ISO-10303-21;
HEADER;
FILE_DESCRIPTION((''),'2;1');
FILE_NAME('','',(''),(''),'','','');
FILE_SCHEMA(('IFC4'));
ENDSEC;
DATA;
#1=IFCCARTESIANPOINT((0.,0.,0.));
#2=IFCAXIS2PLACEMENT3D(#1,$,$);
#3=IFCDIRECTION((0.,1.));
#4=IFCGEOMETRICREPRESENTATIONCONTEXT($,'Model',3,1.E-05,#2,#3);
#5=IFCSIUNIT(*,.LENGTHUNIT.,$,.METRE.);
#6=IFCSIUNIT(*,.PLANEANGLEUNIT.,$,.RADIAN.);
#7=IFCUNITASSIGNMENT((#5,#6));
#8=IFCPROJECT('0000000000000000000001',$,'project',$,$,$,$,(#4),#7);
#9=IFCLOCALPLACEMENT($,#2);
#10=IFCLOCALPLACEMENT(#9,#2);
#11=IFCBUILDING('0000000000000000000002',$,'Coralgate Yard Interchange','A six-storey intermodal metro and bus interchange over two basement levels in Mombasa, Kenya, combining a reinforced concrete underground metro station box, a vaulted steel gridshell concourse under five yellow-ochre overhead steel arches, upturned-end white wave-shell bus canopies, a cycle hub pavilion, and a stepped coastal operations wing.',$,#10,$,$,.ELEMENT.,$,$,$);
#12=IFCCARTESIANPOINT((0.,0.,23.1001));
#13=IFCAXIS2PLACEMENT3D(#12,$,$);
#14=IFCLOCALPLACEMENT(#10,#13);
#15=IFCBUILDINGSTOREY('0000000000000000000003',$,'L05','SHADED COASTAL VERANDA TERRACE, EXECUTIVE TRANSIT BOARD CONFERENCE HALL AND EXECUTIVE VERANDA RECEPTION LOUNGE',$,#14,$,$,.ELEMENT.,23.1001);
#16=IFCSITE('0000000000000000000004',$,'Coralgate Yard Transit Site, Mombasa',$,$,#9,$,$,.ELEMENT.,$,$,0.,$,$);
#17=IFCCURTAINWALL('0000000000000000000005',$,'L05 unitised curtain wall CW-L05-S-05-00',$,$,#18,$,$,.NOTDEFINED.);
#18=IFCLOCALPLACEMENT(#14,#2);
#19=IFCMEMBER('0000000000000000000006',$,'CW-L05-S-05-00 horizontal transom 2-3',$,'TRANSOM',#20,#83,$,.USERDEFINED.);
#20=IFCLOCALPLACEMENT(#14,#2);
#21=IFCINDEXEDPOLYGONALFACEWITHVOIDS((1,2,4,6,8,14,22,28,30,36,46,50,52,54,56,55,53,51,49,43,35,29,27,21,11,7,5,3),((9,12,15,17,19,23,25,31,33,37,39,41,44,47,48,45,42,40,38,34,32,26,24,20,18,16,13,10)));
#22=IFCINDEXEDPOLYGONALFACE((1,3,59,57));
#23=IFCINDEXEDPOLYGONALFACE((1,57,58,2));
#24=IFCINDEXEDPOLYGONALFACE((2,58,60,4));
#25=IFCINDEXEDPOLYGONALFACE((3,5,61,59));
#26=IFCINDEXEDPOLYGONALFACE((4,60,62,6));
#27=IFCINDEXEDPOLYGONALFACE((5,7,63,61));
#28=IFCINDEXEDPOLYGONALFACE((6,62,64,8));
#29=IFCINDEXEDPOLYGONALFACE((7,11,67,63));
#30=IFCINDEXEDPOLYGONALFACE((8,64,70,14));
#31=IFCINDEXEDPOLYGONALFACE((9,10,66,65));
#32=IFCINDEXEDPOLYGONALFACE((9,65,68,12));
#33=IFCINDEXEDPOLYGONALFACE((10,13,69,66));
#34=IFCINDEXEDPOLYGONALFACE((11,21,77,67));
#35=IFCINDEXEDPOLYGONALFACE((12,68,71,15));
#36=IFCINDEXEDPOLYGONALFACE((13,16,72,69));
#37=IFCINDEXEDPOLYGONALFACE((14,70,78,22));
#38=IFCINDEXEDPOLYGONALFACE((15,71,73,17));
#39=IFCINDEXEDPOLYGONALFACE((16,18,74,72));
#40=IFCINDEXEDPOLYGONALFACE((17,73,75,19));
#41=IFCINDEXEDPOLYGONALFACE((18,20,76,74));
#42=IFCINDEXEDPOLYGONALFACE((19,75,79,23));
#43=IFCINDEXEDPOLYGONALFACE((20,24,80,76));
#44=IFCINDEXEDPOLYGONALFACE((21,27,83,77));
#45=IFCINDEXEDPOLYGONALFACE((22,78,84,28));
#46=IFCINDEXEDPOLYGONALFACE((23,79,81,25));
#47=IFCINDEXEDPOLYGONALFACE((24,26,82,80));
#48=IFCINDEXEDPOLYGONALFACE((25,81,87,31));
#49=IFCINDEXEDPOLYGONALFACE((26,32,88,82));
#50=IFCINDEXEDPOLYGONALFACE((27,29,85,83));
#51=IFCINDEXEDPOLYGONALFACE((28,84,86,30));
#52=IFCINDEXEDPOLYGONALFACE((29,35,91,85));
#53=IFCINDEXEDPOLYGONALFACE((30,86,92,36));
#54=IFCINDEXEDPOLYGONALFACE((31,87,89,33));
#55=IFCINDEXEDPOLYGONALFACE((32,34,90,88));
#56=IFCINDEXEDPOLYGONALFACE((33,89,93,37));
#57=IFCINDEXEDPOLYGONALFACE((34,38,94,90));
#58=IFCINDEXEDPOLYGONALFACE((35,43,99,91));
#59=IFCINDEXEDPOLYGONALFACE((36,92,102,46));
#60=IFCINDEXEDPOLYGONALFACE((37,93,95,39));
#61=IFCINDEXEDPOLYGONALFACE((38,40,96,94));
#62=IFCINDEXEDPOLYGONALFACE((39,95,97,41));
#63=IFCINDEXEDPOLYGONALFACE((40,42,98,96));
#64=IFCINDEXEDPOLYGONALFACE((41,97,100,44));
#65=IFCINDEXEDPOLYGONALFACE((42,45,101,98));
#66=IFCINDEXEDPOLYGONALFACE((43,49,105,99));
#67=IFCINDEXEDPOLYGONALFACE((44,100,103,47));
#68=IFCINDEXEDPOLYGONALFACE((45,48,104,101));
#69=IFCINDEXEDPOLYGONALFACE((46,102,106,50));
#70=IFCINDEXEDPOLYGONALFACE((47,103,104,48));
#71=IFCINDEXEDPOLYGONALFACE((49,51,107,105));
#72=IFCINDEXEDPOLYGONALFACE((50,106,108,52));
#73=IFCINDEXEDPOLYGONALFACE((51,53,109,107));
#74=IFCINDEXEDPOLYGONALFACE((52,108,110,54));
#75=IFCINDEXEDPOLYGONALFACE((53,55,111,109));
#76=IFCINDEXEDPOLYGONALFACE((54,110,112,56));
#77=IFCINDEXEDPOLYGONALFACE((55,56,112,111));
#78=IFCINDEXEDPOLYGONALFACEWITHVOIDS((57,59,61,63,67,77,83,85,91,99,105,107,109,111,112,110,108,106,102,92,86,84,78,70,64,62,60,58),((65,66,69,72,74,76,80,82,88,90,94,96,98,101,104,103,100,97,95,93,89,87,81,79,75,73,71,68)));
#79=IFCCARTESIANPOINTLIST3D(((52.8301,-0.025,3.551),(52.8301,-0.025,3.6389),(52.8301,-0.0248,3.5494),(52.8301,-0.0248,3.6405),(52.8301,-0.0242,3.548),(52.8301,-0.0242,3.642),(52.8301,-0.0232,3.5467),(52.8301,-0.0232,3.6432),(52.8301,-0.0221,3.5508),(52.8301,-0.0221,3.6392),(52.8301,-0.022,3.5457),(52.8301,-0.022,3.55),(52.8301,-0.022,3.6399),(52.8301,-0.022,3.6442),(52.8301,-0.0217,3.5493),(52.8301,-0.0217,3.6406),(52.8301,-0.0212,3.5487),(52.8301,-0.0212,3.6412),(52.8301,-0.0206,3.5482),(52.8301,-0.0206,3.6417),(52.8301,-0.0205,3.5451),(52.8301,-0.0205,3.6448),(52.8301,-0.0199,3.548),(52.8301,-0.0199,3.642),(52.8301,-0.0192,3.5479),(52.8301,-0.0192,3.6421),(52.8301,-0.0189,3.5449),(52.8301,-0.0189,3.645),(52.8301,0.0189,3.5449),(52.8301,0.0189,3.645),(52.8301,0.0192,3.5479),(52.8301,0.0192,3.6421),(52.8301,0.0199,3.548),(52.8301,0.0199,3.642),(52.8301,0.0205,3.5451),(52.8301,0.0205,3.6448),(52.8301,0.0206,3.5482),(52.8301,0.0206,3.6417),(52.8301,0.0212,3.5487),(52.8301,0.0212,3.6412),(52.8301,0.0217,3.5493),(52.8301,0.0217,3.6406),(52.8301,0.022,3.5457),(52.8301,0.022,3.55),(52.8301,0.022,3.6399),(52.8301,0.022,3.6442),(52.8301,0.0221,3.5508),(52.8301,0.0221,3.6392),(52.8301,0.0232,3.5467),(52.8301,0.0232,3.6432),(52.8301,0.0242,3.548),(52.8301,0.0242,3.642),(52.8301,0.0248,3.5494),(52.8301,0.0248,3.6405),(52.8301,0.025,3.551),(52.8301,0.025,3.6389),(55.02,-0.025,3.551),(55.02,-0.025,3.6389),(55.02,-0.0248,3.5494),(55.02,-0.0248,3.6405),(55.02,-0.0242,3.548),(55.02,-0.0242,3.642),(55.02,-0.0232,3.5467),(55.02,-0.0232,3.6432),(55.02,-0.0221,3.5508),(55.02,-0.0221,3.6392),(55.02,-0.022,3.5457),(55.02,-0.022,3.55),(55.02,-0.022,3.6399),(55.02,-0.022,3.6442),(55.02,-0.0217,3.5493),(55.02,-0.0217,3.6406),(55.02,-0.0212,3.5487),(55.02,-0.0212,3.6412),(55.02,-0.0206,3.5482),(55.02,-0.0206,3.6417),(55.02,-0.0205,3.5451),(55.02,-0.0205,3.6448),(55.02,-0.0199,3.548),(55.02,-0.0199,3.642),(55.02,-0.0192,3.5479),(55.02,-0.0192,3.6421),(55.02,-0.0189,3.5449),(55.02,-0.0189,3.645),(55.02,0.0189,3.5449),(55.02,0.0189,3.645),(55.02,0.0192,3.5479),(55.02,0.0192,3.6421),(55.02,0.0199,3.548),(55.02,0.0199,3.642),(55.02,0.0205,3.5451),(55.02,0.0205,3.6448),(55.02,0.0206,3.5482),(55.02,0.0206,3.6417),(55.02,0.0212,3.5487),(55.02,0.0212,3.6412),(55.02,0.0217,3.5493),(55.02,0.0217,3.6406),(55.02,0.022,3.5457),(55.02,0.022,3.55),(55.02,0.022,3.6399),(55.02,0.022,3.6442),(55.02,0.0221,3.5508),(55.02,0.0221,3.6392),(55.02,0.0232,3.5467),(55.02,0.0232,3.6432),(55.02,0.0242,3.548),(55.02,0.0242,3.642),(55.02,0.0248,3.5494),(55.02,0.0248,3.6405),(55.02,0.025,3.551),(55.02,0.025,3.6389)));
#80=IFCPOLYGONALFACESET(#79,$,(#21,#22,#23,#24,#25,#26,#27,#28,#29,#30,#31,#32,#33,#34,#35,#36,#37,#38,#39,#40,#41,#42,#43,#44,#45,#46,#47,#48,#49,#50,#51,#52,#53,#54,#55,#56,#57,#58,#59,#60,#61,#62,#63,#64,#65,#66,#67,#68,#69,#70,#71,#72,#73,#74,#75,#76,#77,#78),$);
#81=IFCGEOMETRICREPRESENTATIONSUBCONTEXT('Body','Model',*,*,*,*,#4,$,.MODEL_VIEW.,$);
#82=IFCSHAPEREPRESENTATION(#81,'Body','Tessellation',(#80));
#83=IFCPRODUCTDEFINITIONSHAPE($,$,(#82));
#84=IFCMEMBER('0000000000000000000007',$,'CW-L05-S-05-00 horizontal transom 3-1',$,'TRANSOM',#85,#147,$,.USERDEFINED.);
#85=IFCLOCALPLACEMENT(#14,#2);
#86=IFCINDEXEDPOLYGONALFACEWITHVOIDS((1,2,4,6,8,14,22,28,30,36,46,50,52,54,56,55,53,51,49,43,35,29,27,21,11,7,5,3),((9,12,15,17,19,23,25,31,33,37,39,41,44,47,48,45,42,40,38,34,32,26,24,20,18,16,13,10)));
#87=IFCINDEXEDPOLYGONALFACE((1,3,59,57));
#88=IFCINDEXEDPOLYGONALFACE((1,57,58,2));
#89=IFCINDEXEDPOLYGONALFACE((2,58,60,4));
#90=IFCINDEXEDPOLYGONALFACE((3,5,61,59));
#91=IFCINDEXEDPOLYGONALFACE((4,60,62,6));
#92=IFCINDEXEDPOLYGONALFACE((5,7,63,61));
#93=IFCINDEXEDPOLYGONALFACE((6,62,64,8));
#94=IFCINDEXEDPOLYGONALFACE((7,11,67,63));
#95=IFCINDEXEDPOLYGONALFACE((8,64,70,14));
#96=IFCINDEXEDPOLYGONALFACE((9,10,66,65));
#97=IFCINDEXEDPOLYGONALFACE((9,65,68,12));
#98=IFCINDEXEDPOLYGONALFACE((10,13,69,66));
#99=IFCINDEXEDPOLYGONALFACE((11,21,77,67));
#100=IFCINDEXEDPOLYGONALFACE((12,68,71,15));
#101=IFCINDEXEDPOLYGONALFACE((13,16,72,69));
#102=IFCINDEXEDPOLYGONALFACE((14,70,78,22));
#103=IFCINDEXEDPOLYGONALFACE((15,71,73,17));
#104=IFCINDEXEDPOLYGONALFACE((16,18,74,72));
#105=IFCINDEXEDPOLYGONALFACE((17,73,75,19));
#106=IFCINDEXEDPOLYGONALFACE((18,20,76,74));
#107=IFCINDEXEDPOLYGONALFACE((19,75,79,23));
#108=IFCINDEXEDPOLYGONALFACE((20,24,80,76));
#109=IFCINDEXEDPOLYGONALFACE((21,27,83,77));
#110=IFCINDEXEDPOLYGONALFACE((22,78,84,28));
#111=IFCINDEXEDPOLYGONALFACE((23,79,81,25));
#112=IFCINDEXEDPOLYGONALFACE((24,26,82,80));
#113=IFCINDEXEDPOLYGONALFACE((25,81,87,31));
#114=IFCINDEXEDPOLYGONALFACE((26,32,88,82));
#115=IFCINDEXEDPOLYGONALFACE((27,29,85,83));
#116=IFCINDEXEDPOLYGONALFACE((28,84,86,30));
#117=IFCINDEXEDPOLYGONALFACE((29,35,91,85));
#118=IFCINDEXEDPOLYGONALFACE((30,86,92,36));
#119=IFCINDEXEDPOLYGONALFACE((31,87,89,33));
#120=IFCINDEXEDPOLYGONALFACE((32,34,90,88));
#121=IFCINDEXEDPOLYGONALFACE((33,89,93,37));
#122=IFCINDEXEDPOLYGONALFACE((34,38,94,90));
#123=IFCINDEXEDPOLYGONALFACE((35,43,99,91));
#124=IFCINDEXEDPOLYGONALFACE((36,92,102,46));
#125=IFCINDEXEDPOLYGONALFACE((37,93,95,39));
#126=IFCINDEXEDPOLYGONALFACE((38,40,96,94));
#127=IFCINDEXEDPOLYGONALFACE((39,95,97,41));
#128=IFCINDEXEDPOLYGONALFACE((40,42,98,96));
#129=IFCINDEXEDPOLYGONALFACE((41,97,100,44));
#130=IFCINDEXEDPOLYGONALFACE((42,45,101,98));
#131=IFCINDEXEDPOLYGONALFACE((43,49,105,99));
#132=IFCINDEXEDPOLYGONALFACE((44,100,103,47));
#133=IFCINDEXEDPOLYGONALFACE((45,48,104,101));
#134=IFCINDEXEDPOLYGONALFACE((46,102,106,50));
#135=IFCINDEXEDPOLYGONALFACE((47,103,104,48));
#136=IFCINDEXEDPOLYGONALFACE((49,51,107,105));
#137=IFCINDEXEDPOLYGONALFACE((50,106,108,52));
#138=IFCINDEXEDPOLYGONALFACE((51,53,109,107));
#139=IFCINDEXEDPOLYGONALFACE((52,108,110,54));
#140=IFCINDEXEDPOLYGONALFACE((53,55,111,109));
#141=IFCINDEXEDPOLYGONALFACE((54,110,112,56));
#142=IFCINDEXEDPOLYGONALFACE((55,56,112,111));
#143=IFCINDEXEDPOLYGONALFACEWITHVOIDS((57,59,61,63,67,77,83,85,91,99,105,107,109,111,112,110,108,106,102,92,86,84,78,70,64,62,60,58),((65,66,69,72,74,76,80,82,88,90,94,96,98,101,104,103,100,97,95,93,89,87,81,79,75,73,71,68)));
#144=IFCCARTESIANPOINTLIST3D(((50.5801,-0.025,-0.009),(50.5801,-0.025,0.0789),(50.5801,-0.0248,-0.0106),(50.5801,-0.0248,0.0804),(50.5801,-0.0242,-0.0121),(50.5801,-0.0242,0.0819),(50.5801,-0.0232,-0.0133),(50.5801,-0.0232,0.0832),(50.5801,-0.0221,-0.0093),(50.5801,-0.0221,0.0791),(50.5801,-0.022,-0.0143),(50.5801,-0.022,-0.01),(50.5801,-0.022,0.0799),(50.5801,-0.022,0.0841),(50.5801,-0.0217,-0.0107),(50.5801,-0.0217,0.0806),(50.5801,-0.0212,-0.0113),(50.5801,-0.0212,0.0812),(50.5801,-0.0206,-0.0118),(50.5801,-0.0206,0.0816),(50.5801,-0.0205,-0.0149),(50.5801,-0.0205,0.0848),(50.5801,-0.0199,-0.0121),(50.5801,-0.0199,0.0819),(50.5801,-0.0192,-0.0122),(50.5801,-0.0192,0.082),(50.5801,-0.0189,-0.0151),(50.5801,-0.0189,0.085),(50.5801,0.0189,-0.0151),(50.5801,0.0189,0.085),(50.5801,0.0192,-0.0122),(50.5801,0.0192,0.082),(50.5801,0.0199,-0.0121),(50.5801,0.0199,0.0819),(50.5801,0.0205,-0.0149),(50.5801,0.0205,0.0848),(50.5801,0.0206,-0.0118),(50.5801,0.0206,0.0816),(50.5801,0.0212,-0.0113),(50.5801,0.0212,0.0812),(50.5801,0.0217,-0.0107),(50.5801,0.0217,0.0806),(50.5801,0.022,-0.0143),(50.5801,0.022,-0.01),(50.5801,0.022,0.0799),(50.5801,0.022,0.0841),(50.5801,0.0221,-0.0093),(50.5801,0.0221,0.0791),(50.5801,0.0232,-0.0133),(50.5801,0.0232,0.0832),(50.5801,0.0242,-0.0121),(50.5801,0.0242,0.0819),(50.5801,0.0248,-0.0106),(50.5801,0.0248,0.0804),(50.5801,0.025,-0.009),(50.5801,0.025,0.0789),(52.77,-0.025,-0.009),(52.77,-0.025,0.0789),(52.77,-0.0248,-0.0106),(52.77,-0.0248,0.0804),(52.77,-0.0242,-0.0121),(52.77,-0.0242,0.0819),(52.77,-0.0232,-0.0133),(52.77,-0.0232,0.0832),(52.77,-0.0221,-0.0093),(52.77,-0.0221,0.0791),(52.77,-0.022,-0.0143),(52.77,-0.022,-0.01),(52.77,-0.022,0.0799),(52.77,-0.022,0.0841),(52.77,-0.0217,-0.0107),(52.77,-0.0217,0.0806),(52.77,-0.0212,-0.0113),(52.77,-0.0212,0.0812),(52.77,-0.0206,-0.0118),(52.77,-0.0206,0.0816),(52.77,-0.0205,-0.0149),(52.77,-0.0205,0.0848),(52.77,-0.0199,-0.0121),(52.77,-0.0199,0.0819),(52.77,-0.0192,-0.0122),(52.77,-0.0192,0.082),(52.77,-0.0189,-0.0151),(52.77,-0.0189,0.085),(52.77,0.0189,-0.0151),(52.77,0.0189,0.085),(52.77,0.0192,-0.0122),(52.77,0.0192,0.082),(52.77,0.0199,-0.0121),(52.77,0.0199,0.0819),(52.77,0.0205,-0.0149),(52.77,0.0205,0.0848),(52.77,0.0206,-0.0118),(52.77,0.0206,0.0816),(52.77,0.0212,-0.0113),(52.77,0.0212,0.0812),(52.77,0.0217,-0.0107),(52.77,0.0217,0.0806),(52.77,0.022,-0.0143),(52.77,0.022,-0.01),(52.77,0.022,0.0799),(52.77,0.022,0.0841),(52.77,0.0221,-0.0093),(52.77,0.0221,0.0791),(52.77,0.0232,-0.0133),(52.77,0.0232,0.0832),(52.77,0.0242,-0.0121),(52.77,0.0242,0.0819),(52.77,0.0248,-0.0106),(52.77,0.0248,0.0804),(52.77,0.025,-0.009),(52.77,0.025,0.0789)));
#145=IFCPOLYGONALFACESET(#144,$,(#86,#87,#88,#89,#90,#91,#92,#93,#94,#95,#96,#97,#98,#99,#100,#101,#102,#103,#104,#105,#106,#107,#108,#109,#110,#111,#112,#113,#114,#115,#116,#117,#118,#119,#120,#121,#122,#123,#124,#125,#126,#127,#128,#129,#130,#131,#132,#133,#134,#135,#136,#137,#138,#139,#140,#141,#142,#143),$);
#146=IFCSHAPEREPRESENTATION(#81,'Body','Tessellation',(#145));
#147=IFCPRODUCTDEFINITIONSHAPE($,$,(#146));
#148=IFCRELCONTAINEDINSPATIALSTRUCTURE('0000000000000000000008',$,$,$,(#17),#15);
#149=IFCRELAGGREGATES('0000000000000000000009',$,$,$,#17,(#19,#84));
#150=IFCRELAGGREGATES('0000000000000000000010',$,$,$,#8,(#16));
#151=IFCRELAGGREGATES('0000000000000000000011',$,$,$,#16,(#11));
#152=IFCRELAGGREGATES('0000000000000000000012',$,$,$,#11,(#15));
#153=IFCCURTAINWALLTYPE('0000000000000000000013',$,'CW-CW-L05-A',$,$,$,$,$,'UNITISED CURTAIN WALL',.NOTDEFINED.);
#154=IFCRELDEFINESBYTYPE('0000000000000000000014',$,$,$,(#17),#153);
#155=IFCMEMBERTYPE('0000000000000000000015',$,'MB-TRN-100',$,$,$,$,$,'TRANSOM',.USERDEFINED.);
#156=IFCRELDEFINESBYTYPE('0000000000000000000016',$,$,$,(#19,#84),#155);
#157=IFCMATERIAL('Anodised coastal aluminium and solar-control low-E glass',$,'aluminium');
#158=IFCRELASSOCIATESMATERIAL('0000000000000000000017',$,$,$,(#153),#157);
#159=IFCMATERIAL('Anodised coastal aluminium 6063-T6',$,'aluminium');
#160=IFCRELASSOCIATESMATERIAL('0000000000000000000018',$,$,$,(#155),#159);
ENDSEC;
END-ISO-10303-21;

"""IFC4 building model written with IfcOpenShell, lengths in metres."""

from ifc_helpers import new_model, si_unit, direction, frame, origin, origin_2d, place, context, subcontext, project, spatial, hollow_rectangle, extrude, material, material_profile, profile_set, type_object, element, aggregate, save


model = new_model("IFC4")

# Units and contexts
model_context = context("Model", 3, precision=1e-05, world=origin(), true_north=direction((0.0, 1.0)))
body_context = subcontext(model_context, "Body", "Model", "MODEL_VIEW")
ifc_project = project(units=[si_unit("LENGTHUNIT", "METRE"), si_unit("PLANEANGLEUNIT", "RADIAN")], contexts=[model_context])

# Site, building, storey
site_placement = place(None, origin())
site = spatial("IfcSite", under=ifc_project, at=site_placement, Name="Coralgate Yard Transit Site, Mombasa", CompositionType="ELEMENT", RefElevation=0.0)
building_placement = place(site_placement, origin())
building = spatial("IfcBuilding", under=site, at=building_placement, Name="Coralgate Yard Interchange", Description="A six-storey intermodal metro and bus interchange over two basement levels in Mombasa, Kenya, combining a reinforced concrete underground metro station box, a vaulted steel gridshell concourse under five yellow-ochre overhead steel arches, upturned-end white wave-shell bus canopies, a cycle hub pavilion, and a stepped coastal operations wing.", CompositionType="ELEMENT")
storey_placement = place(building_placement, frame((0.0, 0.0, 23.1001)))
storey = spatial("IfcBuildingStorey", under=building, at=storey_placement, Name="L05", Description="SHADED COASTAL VERANDA TERRACE, EXECUTIVE TRANSIT BOARD CONFERENCE HALL AND EXECUTIVE VERANDA RECEPTION LOUNGE", CompositionType="ELEMENT", Elevation=23.1001)

# Curtain wall, members
ifc_material_1 = material(Name="Anodised coastal aluminium and solar-control low-E glass", Category="aluminium")
curtain_wall_type = type_object("IfcCurtainWallType", Name="CW-CW-L05-A", ElementType="UNITISED CURTAIN WALL", PredefinedType="NOTDEFINED", material=ifc_material_1)
curtain_wall_placement = place(storey_placement, origin())
curtain_wall = element("IfcCurtainWall", 1, at=curtain_wall_placement, inside=storey, type_object=curtain_wall_type, Name="L05 unitised curtain wall CW-L05-S-05-00", PredefinedType="NOTDEFINED")
ifc_material_2 = material(Name="Anodised coastal aluminium 6063-T6", Category="aluminium")
ifc_material_profile_1 = material_profile(ifc_material_2, hollow_rectangle(XDim=0.05, YDim=0.1001, WallThickness=0.0029, InnerFilletRadius=0.0029, OuterFilletRadius=0.0061, at=origin_2d()), Name="ALU 50x100x3")
ifc_profile_set_1 = profile_set([ifc_material_profile_1], Name="Anodised coastal aluminium 6063-T6")
member_type_1 = type_object("IfcMemberType", Name="MB-TRN-100", ElementType="TRANSOM", PredefinedType="USERDEFINED", material=ifc_profile_set_1)
member_1_placement = place(storey_placement, frame((55.02, 0.0, 3.595), z_axis=(-1.0, 0.0, 0.0), x_axis=(0.0, -1.0, 0.0)))
member_1 = element("IfcMember", 2, at=member_1_placement, type_object=member_type_1, Name="CW-L05-S-05-00 horizontal transom 2-3", ObjectType="TRANSOM", PredefinedType="USERDEFINED", context=body_context, shape_type="SweptSolid", body=[
    extrude(hollow_rectangle(XDim=0.05, YDim=0.1001, WallThickness=0.0029, InnerFilletRadius=0.0029, OuterFilletRadius=0.0061, at=origin_2d()), origin(), (0.0, 0.0, 1.0), 2.1899),
])
member_2_placement = place(storey_placement, frame((52.77, 0.0, 0.0349), z_axis=(-1.0, 0.0, 0.0), x_axis=(0.0, -1.0, 0.0)))
member_2 = element("IfcMember", 3, at=member_2_placement, type_object=member_type_1, Name="CW-L05-S-05-00 horizontal transom 3-1", ObjectType="TRANSOM", PredefinedType="USERDEFINED", context=body_context, shape_type="SweptSolid", body=[
    extrude(hollow_rectangle(XDim=0.05, YDim=0.1001, WallThickness=0.0029, InnerFilletRadius=0.0029, OuterFilletRadius=0.0061, at=origin_2d()), origin(), (0.0, 0.0, 1.0), 2.1899),
])
aggregate(curtain_wall, [member_1, member_2])

save(model, "model.ifc")
